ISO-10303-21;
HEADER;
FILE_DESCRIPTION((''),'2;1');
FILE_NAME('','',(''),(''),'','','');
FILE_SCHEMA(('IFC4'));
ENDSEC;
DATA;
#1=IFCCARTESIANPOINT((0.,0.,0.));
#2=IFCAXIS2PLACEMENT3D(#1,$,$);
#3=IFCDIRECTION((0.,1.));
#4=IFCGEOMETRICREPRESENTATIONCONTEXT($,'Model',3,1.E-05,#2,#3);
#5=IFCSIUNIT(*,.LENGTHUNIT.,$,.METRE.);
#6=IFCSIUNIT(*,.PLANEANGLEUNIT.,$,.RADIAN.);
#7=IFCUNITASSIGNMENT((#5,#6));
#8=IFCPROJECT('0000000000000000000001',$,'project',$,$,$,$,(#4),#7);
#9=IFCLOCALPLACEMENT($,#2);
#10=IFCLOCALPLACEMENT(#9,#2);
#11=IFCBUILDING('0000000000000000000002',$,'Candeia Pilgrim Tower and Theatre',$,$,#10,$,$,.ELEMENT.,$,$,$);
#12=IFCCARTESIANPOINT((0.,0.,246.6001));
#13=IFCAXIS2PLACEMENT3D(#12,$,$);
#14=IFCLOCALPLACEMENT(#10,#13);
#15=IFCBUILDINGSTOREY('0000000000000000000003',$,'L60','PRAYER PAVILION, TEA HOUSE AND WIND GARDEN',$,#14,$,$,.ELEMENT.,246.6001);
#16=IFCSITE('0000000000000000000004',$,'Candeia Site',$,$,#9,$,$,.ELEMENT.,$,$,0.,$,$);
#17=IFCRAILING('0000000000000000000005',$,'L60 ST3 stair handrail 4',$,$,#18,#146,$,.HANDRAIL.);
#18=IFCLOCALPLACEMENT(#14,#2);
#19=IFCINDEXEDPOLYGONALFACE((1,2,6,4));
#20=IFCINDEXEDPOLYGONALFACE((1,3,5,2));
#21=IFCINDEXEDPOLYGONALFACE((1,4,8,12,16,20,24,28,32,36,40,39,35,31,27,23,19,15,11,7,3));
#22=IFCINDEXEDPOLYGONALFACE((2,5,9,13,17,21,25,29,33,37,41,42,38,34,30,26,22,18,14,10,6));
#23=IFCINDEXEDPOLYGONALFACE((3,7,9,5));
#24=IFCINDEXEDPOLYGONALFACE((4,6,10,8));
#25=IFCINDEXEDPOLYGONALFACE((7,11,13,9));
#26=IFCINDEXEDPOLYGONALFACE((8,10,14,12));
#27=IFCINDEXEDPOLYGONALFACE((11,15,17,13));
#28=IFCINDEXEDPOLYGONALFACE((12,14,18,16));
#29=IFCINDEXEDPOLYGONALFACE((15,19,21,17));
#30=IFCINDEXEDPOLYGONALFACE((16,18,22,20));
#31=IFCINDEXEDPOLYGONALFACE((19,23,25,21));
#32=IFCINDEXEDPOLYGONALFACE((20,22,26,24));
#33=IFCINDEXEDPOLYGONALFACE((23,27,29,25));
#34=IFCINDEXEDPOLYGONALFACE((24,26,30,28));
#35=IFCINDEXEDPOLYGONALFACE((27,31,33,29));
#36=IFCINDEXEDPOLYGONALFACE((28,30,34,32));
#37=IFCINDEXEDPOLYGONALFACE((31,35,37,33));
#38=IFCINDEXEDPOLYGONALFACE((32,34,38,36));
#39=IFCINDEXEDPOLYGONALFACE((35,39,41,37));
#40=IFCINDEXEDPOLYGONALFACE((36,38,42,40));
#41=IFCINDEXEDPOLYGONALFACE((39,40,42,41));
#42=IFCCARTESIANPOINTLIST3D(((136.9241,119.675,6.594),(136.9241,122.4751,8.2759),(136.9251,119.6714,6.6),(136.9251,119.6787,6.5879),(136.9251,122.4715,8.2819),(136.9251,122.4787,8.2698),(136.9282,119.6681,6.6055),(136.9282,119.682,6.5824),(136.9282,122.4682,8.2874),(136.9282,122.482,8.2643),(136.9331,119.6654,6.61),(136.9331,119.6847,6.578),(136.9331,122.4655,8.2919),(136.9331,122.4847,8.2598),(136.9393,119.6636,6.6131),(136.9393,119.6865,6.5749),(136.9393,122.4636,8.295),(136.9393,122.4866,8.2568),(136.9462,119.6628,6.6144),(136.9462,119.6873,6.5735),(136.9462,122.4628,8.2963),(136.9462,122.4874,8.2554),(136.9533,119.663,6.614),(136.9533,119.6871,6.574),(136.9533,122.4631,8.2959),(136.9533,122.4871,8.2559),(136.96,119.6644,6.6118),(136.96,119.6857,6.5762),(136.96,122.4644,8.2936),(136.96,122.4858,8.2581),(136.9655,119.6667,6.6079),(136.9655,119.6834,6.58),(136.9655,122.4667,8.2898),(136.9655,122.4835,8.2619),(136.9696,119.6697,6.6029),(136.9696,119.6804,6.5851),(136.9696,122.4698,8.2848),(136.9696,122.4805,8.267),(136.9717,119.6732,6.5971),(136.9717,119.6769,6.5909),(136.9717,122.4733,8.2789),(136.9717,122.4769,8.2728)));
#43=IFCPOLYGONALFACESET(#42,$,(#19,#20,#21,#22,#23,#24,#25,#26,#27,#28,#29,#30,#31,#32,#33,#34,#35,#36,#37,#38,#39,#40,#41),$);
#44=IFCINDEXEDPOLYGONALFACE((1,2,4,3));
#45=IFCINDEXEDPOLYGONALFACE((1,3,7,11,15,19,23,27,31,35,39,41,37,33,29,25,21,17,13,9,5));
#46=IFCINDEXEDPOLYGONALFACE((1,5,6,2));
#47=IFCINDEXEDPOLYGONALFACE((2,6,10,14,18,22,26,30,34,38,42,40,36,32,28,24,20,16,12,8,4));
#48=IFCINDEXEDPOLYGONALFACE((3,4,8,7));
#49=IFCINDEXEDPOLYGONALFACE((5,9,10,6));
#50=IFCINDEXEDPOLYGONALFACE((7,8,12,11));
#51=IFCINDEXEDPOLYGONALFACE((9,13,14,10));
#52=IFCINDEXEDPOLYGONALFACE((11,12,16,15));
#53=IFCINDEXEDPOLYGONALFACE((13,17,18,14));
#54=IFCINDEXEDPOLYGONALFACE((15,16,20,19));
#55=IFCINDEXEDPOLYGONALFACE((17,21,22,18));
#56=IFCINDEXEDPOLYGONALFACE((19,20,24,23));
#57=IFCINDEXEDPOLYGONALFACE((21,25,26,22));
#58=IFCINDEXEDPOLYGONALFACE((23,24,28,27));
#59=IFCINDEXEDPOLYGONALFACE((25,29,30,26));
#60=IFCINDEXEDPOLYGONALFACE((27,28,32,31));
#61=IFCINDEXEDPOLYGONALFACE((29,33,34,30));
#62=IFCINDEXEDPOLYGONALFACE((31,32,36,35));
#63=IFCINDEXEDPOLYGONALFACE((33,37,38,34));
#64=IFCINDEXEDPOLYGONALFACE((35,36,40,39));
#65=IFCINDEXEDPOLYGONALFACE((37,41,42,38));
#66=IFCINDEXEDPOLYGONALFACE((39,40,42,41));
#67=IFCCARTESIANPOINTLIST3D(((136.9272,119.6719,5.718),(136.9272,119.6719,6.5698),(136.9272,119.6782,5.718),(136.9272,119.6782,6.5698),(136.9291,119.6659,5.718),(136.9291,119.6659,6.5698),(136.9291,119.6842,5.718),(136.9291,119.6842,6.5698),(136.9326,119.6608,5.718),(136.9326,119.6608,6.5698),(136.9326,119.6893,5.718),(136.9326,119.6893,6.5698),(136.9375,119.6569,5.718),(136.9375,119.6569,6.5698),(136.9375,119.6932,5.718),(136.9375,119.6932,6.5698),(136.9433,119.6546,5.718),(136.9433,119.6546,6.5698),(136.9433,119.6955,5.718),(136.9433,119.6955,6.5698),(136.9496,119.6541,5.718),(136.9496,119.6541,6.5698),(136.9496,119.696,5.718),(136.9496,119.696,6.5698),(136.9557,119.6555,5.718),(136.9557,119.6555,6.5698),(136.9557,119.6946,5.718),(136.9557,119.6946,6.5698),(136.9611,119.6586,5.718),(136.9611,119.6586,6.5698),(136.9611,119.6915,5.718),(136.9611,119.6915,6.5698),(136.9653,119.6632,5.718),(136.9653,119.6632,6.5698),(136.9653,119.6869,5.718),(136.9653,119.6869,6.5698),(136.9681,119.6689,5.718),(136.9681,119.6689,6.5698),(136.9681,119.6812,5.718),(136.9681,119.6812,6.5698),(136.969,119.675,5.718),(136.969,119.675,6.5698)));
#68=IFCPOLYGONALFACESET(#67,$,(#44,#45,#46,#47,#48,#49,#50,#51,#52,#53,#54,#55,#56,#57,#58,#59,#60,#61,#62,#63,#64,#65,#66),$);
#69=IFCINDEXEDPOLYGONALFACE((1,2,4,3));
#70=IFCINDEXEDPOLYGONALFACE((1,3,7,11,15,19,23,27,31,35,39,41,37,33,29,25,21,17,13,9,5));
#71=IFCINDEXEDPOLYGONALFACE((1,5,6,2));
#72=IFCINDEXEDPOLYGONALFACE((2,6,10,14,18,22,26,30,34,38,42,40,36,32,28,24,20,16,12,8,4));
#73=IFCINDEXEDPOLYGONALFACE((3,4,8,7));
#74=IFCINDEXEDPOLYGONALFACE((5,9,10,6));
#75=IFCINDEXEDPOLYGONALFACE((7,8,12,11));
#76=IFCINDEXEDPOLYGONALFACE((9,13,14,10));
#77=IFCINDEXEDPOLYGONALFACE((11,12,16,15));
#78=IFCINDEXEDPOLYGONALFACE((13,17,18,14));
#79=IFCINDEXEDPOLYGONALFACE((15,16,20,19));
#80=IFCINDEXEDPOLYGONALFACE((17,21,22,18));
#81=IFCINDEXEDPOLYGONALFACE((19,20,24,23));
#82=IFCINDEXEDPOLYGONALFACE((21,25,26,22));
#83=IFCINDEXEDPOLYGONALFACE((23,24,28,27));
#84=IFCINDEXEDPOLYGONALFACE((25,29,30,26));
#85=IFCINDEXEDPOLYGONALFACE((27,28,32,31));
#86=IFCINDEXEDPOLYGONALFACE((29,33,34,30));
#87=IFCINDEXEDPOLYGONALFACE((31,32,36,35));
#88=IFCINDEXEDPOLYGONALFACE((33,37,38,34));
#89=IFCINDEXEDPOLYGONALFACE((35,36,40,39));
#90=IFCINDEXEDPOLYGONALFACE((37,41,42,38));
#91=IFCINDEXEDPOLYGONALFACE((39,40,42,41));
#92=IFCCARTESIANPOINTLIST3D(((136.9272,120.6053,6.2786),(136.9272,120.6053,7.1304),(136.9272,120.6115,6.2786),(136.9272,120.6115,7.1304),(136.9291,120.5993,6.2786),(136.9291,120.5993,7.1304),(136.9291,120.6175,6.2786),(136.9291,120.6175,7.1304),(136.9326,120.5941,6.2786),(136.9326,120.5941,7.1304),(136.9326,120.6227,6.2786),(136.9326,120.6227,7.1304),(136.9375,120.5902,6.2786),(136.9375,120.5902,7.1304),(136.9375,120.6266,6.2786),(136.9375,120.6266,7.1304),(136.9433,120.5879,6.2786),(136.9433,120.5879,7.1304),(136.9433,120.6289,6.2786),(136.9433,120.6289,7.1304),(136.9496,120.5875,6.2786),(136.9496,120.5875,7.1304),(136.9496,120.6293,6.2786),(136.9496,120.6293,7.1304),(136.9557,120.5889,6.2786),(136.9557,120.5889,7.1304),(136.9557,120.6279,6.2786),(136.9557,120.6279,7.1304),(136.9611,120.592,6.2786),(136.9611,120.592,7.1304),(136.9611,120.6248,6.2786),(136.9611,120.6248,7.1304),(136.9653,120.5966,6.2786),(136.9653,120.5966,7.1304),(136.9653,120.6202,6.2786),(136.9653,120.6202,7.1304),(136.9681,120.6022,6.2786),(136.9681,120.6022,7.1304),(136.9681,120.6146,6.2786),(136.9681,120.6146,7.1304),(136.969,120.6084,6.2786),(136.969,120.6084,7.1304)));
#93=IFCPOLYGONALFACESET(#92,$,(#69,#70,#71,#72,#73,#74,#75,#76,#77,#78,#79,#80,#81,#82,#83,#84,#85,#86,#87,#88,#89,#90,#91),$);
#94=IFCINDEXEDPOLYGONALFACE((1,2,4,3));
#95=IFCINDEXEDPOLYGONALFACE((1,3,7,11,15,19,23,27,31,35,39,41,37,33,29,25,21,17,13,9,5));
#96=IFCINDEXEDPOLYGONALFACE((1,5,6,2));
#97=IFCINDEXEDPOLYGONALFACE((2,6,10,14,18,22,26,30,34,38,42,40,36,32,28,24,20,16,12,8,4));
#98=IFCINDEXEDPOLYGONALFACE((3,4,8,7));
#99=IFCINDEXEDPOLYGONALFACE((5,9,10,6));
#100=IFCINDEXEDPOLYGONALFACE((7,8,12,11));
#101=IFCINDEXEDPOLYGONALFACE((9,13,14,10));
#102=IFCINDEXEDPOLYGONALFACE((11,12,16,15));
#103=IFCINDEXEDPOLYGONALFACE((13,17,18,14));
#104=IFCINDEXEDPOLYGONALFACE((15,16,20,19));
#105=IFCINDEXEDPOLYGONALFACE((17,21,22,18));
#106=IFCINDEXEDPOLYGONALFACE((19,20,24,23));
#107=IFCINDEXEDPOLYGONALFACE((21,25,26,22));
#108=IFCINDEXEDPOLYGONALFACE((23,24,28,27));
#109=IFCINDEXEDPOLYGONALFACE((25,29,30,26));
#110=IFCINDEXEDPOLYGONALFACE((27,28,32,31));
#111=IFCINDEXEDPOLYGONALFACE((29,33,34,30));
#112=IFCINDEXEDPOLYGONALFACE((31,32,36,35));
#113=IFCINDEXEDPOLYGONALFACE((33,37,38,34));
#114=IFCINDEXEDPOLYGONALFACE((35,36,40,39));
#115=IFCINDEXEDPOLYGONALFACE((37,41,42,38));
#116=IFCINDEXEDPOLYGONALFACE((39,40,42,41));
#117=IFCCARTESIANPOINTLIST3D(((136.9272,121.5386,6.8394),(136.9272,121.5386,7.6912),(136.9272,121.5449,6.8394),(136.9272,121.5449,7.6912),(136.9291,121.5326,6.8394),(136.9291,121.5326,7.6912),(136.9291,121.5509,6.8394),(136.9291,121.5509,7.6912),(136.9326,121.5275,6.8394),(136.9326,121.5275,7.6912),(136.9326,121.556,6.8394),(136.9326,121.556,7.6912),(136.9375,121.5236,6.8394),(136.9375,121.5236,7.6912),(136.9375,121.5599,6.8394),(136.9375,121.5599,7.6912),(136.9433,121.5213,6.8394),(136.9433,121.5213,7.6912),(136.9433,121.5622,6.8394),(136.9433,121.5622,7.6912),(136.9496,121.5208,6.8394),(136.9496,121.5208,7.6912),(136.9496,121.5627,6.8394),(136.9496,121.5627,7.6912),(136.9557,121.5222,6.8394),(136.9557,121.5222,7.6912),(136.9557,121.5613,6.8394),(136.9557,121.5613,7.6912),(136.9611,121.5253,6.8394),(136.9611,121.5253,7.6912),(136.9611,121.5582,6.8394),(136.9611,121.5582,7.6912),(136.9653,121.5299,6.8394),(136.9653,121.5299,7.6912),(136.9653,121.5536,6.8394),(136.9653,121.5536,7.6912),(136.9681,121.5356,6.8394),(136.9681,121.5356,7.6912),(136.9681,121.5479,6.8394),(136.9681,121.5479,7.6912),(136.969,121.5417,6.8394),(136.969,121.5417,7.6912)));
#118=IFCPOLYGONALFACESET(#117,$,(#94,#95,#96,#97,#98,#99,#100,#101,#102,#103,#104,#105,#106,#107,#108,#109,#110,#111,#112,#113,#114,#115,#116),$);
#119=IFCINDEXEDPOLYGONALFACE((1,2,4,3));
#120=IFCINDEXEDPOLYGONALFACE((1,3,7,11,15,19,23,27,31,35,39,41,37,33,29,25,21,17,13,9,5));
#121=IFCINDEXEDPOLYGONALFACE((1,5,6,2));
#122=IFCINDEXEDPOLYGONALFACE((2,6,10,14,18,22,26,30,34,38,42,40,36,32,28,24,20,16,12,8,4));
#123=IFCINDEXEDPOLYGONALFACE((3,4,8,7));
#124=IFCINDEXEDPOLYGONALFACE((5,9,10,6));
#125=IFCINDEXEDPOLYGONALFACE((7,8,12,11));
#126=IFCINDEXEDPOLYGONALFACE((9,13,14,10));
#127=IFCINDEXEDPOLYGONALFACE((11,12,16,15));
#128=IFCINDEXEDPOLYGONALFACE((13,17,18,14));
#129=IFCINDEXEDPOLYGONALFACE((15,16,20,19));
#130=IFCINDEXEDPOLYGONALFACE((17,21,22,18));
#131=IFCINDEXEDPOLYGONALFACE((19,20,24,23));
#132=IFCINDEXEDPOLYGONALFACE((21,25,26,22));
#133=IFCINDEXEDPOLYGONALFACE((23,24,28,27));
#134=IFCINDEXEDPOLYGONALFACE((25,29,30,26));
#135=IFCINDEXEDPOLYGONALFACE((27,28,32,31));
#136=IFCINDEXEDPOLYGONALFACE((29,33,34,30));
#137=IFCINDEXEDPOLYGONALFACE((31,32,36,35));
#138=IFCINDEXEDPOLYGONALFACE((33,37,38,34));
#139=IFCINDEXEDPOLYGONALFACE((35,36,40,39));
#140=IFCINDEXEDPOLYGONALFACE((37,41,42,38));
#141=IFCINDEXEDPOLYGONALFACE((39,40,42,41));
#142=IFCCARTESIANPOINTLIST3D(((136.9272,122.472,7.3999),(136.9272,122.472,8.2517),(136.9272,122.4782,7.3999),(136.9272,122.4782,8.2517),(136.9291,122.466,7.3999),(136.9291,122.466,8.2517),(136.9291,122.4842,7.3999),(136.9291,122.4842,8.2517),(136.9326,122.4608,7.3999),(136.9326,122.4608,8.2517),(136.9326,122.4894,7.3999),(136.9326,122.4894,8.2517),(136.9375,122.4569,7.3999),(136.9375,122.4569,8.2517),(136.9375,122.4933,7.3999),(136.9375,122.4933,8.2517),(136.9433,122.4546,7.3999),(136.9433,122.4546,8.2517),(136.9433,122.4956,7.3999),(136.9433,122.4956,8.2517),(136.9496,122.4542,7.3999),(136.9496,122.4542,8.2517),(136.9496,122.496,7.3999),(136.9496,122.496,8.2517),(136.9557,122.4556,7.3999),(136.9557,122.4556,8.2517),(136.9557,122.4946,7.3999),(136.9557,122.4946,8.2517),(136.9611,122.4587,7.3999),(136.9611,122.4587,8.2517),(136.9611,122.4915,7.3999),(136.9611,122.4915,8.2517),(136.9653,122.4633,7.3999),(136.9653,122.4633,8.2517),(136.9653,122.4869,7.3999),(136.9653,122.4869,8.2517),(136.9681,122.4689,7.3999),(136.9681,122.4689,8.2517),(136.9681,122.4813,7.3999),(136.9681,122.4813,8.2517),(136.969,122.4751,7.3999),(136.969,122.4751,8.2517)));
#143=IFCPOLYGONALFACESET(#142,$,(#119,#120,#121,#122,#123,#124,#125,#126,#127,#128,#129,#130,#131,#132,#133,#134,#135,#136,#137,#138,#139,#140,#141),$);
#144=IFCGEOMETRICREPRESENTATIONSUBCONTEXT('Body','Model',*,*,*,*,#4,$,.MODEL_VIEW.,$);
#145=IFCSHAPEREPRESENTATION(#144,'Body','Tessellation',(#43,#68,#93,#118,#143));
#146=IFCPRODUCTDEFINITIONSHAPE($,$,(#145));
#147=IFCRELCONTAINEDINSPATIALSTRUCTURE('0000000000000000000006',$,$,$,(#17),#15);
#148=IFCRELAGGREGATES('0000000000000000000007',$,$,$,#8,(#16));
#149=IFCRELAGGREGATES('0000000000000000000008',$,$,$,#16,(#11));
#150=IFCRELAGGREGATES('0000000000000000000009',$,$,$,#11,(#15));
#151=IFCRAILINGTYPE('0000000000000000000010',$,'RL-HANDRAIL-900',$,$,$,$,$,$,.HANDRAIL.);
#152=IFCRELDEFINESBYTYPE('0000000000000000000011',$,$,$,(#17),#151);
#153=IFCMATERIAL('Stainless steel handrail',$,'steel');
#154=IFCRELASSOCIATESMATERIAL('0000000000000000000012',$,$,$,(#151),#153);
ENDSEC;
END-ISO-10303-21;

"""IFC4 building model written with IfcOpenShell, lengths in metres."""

from ifc_helpers import new_model, si_unit, direction, frame, origin, origin_2d, place, context, subcontext, project, spatial, circle, extrude, material, type_object, element, save


model = new_model("IFC4")

# Units and contexts
model_context = context("Model", 3, precision=1e-05, world=origin(), true_north=direction((0.0, 1.0)))
body_context = subcontext(model_context, "Body", "Model", "MODEL_VIEW")
ifc_project = project(units=[si_unit("LENGTHUNIT", "METRE"), si_unit("PLANEANGLEUNIT", "RADIAN")], contexts=[model_context])

# Site, building, storey
site_placement = place(None, origin())
site = spatial("IfcSite", under=ifc_project, at=site_placement, Name="Candeia Site", CompositionType="ELEMENT", RefElevation=0.0)
building_placement = place(site_placement, origin())
building = spatial("IfcBuilding", under=site, at=building_placement, Name="Candeia Pilgrim Tower and Theatre", CompositionType="ELEMENT")
storey_placement = place(building_placement, frame((0.0, 0.0, 246.6001)))
storey = spatial("IfcBuildingStorey", under=building, at=storey_placement, Name="L60", Description="PRAYER PAVILION, TEA HOUSE AND WIND GARDEN", CompositionType="ELEMENT", Elevation=246.6001)

# Railing
ifc_material_1 = material(Name="Stainless steel handrail", Category="steel")
railing_type_1 = type_object("IfcRailingType", Name="RL-HANDRAIL-900", PredefinedType="HANDRAIL", material=ifc_material_1)
railing_1_placement = place(storey_placement, frame((136.948, 119.675, 5.718)))
element("IfcRailing", 1, at=railing_1_placement, inside=storey, type_object=railing_type_1, Name="L60 ST3 stair handrail 4", PredefinedType="HANDRAIL", context=body_context, shape_type="SweptSolid", body=[
    extrude(circle(Radius=0.0239, at=origin_2d()), frame((0.0, 0.0, 0.876), z_axis=(0.0, 0.857242, 0.514913), x_axis=(-1.0, 0.0, 0.0)), (0.0, 0.0, 1.0), 3.2664),
    extrude(circle(Radius=0.021, at=origin_2d()), origin(), (0.0, 0.0, 1.0), 0.8518),
    extrude(circle(Radius=0.021, at=origin_2d()), frame((0.0, 0.9333, 0.5605)), (0.0, 0.0, 1.0), 0.8518),
    extrude(circle(Radius=0.021, at=origin_2d()), frame((0.0, 1.8667, 1.1213)), (0.0, 0.0, 1.0), 0.8518),
    extrude(circle(Radius=0.021, at=origin_2d()), frame((0.0, 2.8, 1.6819)), (0.0, 0.0, 1.0), 0.8518),
])

save(model, "model.ifc")
